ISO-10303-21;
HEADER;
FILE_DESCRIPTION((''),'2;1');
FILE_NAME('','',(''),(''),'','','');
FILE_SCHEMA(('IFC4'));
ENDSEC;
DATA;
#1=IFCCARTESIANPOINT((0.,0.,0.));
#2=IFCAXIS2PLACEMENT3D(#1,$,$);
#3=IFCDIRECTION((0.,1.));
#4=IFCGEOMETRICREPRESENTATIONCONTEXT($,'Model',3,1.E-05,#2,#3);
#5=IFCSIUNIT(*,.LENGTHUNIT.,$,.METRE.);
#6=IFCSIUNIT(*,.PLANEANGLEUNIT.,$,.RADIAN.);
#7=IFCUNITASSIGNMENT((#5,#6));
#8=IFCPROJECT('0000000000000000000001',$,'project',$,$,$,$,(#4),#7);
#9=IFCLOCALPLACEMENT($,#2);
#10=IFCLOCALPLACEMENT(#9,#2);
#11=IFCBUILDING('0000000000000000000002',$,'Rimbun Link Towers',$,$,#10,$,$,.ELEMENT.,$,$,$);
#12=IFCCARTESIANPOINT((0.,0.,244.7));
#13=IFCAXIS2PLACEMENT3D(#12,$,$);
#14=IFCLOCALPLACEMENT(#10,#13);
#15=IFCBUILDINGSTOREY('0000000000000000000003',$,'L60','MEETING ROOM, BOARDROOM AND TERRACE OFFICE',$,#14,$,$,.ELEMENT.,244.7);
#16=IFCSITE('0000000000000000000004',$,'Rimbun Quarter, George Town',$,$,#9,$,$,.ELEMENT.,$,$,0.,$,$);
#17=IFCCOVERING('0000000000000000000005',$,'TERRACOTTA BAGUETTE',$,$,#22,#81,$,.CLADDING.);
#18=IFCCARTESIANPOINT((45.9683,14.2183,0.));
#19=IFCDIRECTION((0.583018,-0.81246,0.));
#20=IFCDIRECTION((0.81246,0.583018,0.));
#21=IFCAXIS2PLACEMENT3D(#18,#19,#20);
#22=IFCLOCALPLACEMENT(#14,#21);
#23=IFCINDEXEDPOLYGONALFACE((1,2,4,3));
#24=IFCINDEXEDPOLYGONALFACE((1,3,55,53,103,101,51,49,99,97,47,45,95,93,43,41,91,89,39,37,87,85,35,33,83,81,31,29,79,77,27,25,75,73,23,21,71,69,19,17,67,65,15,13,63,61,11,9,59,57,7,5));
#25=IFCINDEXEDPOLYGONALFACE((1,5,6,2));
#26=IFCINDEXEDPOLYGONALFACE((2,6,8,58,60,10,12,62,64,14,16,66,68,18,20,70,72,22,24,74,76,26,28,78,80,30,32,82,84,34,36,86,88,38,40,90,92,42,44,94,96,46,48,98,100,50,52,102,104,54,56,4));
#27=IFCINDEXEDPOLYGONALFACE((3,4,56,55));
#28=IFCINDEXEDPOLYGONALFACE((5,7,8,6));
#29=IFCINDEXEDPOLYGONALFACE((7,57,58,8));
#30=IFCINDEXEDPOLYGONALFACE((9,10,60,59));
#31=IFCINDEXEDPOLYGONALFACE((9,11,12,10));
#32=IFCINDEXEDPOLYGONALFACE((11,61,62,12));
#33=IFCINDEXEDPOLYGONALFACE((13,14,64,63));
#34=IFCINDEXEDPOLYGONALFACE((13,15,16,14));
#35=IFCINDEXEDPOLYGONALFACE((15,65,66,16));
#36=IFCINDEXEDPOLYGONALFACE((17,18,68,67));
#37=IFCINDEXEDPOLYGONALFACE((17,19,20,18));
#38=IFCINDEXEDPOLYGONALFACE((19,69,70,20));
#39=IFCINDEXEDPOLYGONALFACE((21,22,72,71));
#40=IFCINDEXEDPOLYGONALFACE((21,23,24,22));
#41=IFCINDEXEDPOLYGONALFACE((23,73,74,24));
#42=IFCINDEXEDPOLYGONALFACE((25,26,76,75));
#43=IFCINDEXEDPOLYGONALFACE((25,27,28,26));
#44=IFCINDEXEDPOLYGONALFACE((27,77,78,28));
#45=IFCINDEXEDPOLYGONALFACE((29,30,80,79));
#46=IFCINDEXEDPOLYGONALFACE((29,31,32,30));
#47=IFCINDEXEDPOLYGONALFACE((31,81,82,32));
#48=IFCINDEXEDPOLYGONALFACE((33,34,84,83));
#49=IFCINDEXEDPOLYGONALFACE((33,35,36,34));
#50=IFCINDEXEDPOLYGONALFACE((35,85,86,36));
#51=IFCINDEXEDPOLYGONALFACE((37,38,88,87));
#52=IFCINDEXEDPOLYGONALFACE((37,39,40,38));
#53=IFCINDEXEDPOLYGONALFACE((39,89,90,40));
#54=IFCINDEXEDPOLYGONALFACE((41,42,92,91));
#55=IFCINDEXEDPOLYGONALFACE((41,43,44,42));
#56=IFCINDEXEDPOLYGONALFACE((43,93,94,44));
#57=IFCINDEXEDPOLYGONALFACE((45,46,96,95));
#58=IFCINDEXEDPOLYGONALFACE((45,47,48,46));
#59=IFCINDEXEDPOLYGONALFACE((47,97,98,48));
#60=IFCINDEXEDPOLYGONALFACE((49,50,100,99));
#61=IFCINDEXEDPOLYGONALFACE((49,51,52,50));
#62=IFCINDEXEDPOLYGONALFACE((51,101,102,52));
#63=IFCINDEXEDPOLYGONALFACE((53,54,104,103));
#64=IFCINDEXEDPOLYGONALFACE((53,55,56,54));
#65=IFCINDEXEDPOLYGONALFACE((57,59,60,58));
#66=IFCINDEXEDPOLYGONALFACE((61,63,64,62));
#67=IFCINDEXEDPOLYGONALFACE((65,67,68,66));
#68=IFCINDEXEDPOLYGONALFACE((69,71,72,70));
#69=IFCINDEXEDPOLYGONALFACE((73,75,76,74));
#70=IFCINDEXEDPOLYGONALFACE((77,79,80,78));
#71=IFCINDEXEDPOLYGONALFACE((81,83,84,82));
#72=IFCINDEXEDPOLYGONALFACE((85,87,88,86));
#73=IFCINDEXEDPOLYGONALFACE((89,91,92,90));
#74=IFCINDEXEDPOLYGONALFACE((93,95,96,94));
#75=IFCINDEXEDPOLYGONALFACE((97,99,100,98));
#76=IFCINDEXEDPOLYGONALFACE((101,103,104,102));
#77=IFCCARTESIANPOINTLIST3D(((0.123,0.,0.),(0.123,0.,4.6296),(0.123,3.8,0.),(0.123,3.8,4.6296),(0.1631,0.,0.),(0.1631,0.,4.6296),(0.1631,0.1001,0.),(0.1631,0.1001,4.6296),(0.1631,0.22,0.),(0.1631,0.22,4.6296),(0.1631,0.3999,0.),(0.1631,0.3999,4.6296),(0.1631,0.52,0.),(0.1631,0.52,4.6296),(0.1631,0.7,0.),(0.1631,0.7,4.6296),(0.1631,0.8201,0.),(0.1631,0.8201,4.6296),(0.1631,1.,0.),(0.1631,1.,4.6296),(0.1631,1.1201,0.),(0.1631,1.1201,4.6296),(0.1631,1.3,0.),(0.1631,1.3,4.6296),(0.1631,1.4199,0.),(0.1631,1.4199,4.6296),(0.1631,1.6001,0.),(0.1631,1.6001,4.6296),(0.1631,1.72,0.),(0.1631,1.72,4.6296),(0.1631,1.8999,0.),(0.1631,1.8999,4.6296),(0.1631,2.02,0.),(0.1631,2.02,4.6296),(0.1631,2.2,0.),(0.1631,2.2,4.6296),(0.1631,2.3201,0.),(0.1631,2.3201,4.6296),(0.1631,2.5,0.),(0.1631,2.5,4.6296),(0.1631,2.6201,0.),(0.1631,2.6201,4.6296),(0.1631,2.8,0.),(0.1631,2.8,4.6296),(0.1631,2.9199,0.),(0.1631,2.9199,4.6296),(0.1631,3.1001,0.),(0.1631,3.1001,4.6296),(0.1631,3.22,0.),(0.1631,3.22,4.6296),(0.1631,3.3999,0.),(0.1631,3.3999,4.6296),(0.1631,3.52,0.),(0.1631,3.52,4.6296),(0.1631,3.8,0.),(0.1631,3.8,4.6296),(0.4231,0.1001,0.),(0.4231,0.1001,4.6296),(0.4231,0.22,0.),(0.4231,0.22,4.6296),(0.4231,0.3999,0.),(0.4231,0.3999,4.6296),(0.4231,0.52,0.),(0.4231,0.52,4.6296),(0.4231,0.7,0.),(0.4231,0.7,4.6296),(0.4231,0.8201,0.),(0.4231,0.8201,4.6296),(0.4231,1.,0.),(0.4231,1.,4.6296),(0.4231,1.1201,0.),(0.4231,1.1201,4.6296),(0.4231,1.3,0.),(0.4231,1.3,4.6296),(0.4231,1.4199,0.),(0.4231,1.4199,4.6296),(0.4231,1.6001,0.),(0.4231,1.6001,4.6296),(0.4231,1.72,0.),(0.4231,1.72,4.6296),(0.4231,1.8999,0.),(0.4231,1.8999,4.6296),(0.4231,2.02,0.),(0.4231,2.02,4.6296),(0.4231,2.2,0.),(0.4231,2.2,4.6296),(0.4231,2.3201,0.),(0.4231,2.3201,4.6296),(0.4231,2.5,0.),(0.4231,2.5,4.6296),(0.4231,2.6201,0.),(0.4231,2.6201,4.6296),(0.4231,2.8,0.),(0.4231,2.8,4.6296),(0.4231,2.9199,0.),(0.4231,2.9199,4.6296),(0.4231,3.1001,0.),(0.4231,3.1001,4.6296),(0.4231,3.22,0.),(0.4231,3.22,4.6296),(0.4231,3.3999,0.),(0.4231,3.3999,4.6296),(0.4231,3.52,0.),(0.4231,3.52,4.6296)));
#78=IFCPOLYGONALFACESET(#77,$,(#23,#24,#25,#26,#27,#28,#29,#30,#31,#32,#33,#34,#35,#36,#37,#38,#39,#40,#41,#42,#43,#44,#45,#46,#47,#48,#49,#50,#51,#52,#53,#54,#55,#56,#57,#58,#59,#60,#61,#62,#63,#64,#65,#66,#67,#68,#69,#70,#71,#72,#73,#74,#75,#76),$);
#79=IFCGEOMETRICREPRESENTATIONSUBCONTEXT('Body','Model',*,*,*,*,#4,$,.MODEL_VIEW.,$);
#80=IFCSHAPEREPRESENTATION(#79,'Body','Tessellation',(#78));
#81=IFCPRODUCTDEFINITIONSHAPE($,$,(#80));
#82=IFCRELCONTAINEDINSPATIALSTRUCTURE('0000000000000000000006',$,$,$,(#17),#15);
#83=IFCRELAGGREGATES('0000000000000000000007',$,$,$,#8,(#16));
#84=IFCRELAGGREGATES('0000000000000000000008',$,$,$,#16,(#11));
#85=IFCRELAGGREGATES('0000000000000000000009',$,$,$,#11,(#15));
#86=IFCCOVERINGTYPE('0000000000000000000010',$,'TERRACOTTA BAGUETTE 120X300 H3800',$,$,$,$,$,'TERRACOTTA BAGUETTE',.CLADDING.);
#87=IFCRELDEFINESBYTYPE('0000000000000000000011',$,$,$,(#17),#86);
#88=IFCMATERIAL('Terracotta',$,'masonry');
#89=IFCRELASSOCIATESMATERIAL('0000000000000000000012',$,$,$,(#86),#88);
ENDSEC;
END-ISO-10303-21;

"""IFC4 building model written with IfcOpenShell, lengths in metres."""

from ifc_helpers import new_model, si_unit, direction, frame, origin, place, context, subcontext, project, spatial, polyline, outline, extrude, material, material_profile, profile_set, type_object, element, save


model = new_model("IFC4")

# Units and contexts
model_context = context("Model", 3, precision=1e-05, world=origin(), true_north=direction((0.0, 1.0)))
body_context = subcontext(model_context, "Body", "Model", "MODEL_VIEW")
ifc_project = project(units=[si_unit("LENGTHUNIT", "METRE"), si_unit("PLANEANGLEUNIT", "RADIAN")], contexts=[model_context])

# Site, building, storey
site_placement = place(None, origin())
site = spatial("IfcSite", under=ifc_project, at=site_placement, Name="Rimbun Quarter, George Town", CompositionType="ELEMENT", RefElevation=0.0)
building_placement = place(site_placement, origin())
building = spatial("IfcBuilding", under=site, at=building_placement, Name="Rimbun Link Towers", CompositionType="ELEMENT")
storey_placement = place(building_placement, frame((0.0, 0.0, 244.7)))
storey = spatial("IfcBuildingStorey", under=building, at=storey_placement, Name="L60", Description="MEETING ROOM, BOARDROOM AND TERRACE OFFICE", CompositionType="ELEMENT", Elevation=244.7)

# Covering
ifc_material_1 = material(Name="Terracotta", Category="masonry")
ifc_material_profile_1 = material_profile(ifc_material_1, outline(polyline([(0.123, 0.0), (0.1631, 0.0), (0.1631, 0.1001), (0.4231, 0.1001), (0.4231, 0.22), (0.1631, 0.22), (0.1631, 0.3999), (0.4231, 0.3999), (0.4231, 0.52), (0.1631, 0.52), (0.1631, 0.7), (0.4231, 0.7), (0.4231, 0.8201), (0.1631, 0.8201), (0.1631, 1.0), (0.4231, 1.0), (0.4231, 1.1201), (0.1631, 1.1201), (0.1631, 1.3), (0.4231, 1.3), (0.4231, 1.4199), (0.1631, 1.4199), (0.1631, 1.6001), (0.4231, 1.6001), (0.4231, 1.72), (0.1631, 1.72), (0.1631, 1.8999), (0.4231, 1.8999), (0.4231, 2.02), (0.1631, 2.02), (0.1631, 2.2), (0.4231, 2.2), (0.4231, 2.3201), (0.1631, 2.3201), (0.1631, 2.5), (0.4231, 2.5), (0.4231, 2.6201), (0.1631, 2.6201), (0.1631, 2.8), (0.4231, 2.8), (0.4231, 2.9199), (0.1631, 2.9199), (0.1631, 3.1001), (0.4231, 3.1001), (0.4231, 3.22), (0.1631, 3.22), (0.1631, 3.3999), (0.4231, 3.3999), (0.4231, 3.52), (0.1631, 3.52), (0.1631, 3.8), (0.123, 3.8), (0.123, 0.0)])), Name="BAGUETTE 120X300")
ifc_profile_set_1 = profile_set([ifc_material_profile_1], Name="Terracotta")
covering_type = type_object("IfcCoveringType", Name="TERRACOTTA BAGUETTE 120X300 H3800", ElementType="TERRACOTTA BAGUETTE", PredefinedType="CLADDING", material=ifc_profile_set_1)
covering_placement = place(storey_placement, frame((45.9683, 14.2183, 0.0), z_axis=(0.583018, -0.81246, 0.0), x_axis=(0.81246, 0.583018, 0.0)))
element("IfcCovering", 1, at=covering_placement, inside=storey, type_object=covering_type, Name="TERRACOTTA BAGUETTE", PredefinedType="CLADDING", context=body_context, shape_type="SweptSolid", body=[
    extrude(outline(polyline([(0.123, 0.0), (0.1631, 0.0), (0.1631, 0.1001), (0.4231, 0.1001), (0.4231, 0.22), (0.1631, 0.22), (0.1631, 0.3999), (0.4231, 0.3999), (0.4231, 0.52), (0.1631, 0.52), (0.1631, 0.7), (0.4231, 0.7), (0.4231, 0.8201), (0.1631, 0.8201), (0.1631, 1.0), (0.4231, 1.0), (0.4231, 1.1201), (0.1631, 1.1201), (0.1631, 1.3), (0.4231, 1.3), (0.4231, 1.4199), (0.1631, 1.4199), (0.1631, 1.6001), (0.4231, 1.6001), (0.4231, 1.72), (0.1631, 1.72), (0.1631, 1.8999), (0.4231, 1.8999), (0.4231, 2.02), (0.1631, 2.02), (0.1631, 2.2), (0.4231, 2.2), (0.4231, 2.3201), (0.1631, 2.3201), (0.1631, 2.5), (0.4231, 2.5), (0.4231, 2.6201), (0.1631, 2.6201), (0.1631, 2.8), (0.4231, 2.8), (0.4231, 2.9199), (0.1631, 2.9199), (0.1631, 3.1001), (0.4231, 3.1001), (0.4231, 3.22), (0.1631, 3.22), (0.1631, 3.3999), (0.4231, 3.3999), (0.4231, 3.52), (0.1631, 3.52), (0.1631, 3.8), (0.123, 3.8), (0.123, 0.0)])), origin(), (0.0, 0.0, 1.0), 4.6296),
])

save(model, "model.ifc")
